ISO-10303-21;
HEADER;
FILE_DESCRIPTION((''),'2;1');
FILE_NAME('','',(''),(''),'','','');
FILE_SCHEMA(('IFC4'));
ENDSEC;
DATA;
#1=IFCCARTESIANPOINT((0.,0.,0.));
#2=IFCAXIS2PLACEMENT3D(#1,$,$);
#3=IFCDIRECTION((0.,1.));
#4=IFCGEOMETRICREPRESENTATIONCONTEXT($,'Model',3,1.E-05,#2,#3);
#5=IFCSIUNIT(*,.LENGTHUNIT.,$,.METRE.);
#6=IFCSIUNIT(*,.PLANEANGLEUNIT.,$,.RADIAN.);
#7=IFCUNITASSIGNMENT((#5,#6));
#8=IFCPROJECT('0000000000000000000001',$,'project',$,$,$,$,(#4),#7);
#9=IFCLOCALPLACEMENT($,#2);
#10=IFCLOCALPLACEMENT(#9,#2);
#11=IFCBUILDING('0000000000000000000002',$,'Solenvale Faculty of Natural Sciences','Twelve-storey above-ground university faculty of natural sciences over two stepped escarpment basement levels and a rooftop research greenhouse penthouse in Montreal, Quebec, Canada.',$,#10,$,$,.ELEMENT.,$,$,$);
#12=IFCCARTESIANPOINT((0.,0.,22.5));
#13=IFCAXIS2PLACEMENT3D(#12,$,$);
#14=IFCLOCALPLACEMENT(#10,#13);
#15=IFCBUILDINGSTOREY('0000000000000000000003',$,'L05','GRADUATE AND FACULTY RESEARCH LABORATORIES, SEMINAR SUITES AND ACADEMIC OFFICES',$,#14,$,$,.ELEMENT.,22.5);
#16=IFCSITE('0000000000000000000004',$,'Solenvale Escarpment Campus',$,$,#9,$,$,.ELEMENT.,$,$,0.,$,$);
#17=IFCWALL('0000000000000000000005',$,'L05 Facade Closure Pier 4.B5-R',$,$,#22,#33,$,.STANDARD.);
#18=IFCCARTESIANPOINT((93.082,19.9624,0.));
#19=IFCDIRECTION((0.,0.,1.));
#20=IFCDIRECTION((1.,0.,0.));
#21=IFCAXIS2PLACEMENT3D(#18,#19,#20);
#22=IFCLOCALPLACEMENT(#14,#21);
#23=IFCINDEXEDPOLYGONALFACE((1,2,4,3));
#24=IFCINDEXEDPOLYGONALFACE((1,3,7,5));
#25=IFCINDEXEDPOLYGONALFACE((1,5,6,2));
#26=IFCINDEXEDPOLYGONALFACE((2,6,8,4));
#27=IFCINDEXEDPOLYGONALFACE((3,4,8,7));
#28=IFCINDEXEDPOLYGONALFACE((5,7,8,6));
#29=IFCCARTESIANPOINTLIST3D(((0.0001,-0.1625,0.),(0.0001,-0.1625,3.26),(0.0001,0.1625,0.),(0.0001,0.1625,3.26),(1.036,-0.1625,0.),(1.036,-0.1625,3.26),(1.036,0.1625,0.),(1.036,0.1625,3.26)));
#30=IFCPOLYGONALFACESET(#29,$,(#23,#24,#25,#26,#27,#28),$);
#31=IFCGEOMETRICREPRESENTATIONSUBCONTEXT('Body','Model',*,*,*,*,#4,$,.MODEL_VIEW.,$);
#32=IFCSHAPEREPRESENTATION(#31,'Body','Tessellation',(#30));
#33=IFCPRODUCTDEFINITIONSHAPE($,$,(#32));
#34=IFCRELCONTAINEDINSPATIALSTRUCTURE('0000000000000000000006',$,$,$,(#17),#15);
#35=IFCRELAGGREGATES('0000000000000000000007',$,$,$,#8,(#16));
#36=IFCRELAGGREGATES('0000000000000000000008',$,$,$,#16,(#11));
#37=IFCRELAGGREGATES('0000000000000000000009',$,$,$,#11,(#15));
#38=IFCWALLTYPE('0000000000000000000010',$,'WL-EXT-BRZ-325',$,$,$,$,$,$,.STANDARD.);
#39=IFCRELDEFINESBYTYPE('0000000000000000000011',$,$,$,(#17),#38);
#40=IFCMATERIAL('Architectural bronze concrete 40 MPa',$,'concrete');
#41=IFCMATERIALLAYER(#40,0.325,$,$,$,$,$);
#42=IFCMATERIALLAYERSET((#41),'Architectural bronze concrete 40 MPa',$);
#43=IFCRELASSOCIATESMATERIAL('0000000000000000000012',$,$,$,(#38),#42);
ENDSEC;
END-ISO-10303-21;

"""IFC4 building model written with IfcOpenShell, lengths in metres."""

from ifc_helpers import new_model, si_unit, direction, frame, frame_2d, origin, place, context, subcontext, project, spatial, rectangle, extrude, material, layer, layer_set, type_object, element, save


model = new_model("IFC4")

# Units and contexts
model_context = context("Model", 3, precision=1e-05, world=origin(), true_north=direction((0.0, 1.0)))
body_context = subcontext(model_context, "Body", "Model", "MODEL_VIEW")
ifc_project = project(units=[si_unit("LENGTHUNIT", "METRE"), si_unit("PLANEANGLEUNIT", "RADIAN")], contexts=[model_context])

# Site, building, storey
site_placement = place(None, origin())
site = spatial("IfcSite", under=ifc_project, at=site_placement, Name="Solenvale Escarpment Campus", CompositionType="ELEMENT", RefElevation=0.0)
building_placement = place(site_placement, origin())
building = spatial("IfcBuilding", under=site, at=building_placement, Name="Solenvale Faculty of Natural Sciences", Description="Twelve-storey above-ground university faculty of natural sciences over two stepped escarpment basement levels and a rooftop research greenhouse penthouse in Montreal, Quebec, Canada.", CompositionType="ELEMENT")
storey_placement = place(building_placement, frame((0.0, 0.0, 22.5)))
storey = spatial("IfcBuildingStorey", under=building, at=storey_placement, Name="L05", Description="GRADUATE AND FACULTY RESEARCH LABORATORIES, SEMINAR SUITES AND ACADEMIC OFFICES", CompositionType="ELEMENT", Elevation=22.5)

# Wall
ifc_material_1 = material(Name="Architectural bronze concrete 40 MPa", Category="concrete")
ifc_layer_1 = layer(ifc_material_1, 0.325)
ifc_layer_set_1 = layer_set([ifc_layer_1], Name="Architectural bronze concrete 40 MPa")
wall_type = type_object("IfcWallType", Name="WL-EXT-BRZ-325", PredefinedType="STANDARD", material=ifc_layer_set_1)
wall_placement = place(storey_placement, frame((93.082, 19.9624, 0.0), z_axis=(0.0, 0.0, 1.0), x_axis=(1.0, 0.0, 0.0)))
element("IfcWall", 1, at=wall_placement, inside=storey, type_object=wall_type, Name="L05 Facade Closure Pier 4.B5-R", PredefinedType="STANDARD", context=body_context, shape_type="SweptSolid", body=[
    extrude(rectangle(XDim=1.0359, YDim=0.325, at=frame_2d((0.5181, 0.0))), origin(), (0.0, 0.0, 1.0), 3.26),
])

save(model, "model.ifc")
